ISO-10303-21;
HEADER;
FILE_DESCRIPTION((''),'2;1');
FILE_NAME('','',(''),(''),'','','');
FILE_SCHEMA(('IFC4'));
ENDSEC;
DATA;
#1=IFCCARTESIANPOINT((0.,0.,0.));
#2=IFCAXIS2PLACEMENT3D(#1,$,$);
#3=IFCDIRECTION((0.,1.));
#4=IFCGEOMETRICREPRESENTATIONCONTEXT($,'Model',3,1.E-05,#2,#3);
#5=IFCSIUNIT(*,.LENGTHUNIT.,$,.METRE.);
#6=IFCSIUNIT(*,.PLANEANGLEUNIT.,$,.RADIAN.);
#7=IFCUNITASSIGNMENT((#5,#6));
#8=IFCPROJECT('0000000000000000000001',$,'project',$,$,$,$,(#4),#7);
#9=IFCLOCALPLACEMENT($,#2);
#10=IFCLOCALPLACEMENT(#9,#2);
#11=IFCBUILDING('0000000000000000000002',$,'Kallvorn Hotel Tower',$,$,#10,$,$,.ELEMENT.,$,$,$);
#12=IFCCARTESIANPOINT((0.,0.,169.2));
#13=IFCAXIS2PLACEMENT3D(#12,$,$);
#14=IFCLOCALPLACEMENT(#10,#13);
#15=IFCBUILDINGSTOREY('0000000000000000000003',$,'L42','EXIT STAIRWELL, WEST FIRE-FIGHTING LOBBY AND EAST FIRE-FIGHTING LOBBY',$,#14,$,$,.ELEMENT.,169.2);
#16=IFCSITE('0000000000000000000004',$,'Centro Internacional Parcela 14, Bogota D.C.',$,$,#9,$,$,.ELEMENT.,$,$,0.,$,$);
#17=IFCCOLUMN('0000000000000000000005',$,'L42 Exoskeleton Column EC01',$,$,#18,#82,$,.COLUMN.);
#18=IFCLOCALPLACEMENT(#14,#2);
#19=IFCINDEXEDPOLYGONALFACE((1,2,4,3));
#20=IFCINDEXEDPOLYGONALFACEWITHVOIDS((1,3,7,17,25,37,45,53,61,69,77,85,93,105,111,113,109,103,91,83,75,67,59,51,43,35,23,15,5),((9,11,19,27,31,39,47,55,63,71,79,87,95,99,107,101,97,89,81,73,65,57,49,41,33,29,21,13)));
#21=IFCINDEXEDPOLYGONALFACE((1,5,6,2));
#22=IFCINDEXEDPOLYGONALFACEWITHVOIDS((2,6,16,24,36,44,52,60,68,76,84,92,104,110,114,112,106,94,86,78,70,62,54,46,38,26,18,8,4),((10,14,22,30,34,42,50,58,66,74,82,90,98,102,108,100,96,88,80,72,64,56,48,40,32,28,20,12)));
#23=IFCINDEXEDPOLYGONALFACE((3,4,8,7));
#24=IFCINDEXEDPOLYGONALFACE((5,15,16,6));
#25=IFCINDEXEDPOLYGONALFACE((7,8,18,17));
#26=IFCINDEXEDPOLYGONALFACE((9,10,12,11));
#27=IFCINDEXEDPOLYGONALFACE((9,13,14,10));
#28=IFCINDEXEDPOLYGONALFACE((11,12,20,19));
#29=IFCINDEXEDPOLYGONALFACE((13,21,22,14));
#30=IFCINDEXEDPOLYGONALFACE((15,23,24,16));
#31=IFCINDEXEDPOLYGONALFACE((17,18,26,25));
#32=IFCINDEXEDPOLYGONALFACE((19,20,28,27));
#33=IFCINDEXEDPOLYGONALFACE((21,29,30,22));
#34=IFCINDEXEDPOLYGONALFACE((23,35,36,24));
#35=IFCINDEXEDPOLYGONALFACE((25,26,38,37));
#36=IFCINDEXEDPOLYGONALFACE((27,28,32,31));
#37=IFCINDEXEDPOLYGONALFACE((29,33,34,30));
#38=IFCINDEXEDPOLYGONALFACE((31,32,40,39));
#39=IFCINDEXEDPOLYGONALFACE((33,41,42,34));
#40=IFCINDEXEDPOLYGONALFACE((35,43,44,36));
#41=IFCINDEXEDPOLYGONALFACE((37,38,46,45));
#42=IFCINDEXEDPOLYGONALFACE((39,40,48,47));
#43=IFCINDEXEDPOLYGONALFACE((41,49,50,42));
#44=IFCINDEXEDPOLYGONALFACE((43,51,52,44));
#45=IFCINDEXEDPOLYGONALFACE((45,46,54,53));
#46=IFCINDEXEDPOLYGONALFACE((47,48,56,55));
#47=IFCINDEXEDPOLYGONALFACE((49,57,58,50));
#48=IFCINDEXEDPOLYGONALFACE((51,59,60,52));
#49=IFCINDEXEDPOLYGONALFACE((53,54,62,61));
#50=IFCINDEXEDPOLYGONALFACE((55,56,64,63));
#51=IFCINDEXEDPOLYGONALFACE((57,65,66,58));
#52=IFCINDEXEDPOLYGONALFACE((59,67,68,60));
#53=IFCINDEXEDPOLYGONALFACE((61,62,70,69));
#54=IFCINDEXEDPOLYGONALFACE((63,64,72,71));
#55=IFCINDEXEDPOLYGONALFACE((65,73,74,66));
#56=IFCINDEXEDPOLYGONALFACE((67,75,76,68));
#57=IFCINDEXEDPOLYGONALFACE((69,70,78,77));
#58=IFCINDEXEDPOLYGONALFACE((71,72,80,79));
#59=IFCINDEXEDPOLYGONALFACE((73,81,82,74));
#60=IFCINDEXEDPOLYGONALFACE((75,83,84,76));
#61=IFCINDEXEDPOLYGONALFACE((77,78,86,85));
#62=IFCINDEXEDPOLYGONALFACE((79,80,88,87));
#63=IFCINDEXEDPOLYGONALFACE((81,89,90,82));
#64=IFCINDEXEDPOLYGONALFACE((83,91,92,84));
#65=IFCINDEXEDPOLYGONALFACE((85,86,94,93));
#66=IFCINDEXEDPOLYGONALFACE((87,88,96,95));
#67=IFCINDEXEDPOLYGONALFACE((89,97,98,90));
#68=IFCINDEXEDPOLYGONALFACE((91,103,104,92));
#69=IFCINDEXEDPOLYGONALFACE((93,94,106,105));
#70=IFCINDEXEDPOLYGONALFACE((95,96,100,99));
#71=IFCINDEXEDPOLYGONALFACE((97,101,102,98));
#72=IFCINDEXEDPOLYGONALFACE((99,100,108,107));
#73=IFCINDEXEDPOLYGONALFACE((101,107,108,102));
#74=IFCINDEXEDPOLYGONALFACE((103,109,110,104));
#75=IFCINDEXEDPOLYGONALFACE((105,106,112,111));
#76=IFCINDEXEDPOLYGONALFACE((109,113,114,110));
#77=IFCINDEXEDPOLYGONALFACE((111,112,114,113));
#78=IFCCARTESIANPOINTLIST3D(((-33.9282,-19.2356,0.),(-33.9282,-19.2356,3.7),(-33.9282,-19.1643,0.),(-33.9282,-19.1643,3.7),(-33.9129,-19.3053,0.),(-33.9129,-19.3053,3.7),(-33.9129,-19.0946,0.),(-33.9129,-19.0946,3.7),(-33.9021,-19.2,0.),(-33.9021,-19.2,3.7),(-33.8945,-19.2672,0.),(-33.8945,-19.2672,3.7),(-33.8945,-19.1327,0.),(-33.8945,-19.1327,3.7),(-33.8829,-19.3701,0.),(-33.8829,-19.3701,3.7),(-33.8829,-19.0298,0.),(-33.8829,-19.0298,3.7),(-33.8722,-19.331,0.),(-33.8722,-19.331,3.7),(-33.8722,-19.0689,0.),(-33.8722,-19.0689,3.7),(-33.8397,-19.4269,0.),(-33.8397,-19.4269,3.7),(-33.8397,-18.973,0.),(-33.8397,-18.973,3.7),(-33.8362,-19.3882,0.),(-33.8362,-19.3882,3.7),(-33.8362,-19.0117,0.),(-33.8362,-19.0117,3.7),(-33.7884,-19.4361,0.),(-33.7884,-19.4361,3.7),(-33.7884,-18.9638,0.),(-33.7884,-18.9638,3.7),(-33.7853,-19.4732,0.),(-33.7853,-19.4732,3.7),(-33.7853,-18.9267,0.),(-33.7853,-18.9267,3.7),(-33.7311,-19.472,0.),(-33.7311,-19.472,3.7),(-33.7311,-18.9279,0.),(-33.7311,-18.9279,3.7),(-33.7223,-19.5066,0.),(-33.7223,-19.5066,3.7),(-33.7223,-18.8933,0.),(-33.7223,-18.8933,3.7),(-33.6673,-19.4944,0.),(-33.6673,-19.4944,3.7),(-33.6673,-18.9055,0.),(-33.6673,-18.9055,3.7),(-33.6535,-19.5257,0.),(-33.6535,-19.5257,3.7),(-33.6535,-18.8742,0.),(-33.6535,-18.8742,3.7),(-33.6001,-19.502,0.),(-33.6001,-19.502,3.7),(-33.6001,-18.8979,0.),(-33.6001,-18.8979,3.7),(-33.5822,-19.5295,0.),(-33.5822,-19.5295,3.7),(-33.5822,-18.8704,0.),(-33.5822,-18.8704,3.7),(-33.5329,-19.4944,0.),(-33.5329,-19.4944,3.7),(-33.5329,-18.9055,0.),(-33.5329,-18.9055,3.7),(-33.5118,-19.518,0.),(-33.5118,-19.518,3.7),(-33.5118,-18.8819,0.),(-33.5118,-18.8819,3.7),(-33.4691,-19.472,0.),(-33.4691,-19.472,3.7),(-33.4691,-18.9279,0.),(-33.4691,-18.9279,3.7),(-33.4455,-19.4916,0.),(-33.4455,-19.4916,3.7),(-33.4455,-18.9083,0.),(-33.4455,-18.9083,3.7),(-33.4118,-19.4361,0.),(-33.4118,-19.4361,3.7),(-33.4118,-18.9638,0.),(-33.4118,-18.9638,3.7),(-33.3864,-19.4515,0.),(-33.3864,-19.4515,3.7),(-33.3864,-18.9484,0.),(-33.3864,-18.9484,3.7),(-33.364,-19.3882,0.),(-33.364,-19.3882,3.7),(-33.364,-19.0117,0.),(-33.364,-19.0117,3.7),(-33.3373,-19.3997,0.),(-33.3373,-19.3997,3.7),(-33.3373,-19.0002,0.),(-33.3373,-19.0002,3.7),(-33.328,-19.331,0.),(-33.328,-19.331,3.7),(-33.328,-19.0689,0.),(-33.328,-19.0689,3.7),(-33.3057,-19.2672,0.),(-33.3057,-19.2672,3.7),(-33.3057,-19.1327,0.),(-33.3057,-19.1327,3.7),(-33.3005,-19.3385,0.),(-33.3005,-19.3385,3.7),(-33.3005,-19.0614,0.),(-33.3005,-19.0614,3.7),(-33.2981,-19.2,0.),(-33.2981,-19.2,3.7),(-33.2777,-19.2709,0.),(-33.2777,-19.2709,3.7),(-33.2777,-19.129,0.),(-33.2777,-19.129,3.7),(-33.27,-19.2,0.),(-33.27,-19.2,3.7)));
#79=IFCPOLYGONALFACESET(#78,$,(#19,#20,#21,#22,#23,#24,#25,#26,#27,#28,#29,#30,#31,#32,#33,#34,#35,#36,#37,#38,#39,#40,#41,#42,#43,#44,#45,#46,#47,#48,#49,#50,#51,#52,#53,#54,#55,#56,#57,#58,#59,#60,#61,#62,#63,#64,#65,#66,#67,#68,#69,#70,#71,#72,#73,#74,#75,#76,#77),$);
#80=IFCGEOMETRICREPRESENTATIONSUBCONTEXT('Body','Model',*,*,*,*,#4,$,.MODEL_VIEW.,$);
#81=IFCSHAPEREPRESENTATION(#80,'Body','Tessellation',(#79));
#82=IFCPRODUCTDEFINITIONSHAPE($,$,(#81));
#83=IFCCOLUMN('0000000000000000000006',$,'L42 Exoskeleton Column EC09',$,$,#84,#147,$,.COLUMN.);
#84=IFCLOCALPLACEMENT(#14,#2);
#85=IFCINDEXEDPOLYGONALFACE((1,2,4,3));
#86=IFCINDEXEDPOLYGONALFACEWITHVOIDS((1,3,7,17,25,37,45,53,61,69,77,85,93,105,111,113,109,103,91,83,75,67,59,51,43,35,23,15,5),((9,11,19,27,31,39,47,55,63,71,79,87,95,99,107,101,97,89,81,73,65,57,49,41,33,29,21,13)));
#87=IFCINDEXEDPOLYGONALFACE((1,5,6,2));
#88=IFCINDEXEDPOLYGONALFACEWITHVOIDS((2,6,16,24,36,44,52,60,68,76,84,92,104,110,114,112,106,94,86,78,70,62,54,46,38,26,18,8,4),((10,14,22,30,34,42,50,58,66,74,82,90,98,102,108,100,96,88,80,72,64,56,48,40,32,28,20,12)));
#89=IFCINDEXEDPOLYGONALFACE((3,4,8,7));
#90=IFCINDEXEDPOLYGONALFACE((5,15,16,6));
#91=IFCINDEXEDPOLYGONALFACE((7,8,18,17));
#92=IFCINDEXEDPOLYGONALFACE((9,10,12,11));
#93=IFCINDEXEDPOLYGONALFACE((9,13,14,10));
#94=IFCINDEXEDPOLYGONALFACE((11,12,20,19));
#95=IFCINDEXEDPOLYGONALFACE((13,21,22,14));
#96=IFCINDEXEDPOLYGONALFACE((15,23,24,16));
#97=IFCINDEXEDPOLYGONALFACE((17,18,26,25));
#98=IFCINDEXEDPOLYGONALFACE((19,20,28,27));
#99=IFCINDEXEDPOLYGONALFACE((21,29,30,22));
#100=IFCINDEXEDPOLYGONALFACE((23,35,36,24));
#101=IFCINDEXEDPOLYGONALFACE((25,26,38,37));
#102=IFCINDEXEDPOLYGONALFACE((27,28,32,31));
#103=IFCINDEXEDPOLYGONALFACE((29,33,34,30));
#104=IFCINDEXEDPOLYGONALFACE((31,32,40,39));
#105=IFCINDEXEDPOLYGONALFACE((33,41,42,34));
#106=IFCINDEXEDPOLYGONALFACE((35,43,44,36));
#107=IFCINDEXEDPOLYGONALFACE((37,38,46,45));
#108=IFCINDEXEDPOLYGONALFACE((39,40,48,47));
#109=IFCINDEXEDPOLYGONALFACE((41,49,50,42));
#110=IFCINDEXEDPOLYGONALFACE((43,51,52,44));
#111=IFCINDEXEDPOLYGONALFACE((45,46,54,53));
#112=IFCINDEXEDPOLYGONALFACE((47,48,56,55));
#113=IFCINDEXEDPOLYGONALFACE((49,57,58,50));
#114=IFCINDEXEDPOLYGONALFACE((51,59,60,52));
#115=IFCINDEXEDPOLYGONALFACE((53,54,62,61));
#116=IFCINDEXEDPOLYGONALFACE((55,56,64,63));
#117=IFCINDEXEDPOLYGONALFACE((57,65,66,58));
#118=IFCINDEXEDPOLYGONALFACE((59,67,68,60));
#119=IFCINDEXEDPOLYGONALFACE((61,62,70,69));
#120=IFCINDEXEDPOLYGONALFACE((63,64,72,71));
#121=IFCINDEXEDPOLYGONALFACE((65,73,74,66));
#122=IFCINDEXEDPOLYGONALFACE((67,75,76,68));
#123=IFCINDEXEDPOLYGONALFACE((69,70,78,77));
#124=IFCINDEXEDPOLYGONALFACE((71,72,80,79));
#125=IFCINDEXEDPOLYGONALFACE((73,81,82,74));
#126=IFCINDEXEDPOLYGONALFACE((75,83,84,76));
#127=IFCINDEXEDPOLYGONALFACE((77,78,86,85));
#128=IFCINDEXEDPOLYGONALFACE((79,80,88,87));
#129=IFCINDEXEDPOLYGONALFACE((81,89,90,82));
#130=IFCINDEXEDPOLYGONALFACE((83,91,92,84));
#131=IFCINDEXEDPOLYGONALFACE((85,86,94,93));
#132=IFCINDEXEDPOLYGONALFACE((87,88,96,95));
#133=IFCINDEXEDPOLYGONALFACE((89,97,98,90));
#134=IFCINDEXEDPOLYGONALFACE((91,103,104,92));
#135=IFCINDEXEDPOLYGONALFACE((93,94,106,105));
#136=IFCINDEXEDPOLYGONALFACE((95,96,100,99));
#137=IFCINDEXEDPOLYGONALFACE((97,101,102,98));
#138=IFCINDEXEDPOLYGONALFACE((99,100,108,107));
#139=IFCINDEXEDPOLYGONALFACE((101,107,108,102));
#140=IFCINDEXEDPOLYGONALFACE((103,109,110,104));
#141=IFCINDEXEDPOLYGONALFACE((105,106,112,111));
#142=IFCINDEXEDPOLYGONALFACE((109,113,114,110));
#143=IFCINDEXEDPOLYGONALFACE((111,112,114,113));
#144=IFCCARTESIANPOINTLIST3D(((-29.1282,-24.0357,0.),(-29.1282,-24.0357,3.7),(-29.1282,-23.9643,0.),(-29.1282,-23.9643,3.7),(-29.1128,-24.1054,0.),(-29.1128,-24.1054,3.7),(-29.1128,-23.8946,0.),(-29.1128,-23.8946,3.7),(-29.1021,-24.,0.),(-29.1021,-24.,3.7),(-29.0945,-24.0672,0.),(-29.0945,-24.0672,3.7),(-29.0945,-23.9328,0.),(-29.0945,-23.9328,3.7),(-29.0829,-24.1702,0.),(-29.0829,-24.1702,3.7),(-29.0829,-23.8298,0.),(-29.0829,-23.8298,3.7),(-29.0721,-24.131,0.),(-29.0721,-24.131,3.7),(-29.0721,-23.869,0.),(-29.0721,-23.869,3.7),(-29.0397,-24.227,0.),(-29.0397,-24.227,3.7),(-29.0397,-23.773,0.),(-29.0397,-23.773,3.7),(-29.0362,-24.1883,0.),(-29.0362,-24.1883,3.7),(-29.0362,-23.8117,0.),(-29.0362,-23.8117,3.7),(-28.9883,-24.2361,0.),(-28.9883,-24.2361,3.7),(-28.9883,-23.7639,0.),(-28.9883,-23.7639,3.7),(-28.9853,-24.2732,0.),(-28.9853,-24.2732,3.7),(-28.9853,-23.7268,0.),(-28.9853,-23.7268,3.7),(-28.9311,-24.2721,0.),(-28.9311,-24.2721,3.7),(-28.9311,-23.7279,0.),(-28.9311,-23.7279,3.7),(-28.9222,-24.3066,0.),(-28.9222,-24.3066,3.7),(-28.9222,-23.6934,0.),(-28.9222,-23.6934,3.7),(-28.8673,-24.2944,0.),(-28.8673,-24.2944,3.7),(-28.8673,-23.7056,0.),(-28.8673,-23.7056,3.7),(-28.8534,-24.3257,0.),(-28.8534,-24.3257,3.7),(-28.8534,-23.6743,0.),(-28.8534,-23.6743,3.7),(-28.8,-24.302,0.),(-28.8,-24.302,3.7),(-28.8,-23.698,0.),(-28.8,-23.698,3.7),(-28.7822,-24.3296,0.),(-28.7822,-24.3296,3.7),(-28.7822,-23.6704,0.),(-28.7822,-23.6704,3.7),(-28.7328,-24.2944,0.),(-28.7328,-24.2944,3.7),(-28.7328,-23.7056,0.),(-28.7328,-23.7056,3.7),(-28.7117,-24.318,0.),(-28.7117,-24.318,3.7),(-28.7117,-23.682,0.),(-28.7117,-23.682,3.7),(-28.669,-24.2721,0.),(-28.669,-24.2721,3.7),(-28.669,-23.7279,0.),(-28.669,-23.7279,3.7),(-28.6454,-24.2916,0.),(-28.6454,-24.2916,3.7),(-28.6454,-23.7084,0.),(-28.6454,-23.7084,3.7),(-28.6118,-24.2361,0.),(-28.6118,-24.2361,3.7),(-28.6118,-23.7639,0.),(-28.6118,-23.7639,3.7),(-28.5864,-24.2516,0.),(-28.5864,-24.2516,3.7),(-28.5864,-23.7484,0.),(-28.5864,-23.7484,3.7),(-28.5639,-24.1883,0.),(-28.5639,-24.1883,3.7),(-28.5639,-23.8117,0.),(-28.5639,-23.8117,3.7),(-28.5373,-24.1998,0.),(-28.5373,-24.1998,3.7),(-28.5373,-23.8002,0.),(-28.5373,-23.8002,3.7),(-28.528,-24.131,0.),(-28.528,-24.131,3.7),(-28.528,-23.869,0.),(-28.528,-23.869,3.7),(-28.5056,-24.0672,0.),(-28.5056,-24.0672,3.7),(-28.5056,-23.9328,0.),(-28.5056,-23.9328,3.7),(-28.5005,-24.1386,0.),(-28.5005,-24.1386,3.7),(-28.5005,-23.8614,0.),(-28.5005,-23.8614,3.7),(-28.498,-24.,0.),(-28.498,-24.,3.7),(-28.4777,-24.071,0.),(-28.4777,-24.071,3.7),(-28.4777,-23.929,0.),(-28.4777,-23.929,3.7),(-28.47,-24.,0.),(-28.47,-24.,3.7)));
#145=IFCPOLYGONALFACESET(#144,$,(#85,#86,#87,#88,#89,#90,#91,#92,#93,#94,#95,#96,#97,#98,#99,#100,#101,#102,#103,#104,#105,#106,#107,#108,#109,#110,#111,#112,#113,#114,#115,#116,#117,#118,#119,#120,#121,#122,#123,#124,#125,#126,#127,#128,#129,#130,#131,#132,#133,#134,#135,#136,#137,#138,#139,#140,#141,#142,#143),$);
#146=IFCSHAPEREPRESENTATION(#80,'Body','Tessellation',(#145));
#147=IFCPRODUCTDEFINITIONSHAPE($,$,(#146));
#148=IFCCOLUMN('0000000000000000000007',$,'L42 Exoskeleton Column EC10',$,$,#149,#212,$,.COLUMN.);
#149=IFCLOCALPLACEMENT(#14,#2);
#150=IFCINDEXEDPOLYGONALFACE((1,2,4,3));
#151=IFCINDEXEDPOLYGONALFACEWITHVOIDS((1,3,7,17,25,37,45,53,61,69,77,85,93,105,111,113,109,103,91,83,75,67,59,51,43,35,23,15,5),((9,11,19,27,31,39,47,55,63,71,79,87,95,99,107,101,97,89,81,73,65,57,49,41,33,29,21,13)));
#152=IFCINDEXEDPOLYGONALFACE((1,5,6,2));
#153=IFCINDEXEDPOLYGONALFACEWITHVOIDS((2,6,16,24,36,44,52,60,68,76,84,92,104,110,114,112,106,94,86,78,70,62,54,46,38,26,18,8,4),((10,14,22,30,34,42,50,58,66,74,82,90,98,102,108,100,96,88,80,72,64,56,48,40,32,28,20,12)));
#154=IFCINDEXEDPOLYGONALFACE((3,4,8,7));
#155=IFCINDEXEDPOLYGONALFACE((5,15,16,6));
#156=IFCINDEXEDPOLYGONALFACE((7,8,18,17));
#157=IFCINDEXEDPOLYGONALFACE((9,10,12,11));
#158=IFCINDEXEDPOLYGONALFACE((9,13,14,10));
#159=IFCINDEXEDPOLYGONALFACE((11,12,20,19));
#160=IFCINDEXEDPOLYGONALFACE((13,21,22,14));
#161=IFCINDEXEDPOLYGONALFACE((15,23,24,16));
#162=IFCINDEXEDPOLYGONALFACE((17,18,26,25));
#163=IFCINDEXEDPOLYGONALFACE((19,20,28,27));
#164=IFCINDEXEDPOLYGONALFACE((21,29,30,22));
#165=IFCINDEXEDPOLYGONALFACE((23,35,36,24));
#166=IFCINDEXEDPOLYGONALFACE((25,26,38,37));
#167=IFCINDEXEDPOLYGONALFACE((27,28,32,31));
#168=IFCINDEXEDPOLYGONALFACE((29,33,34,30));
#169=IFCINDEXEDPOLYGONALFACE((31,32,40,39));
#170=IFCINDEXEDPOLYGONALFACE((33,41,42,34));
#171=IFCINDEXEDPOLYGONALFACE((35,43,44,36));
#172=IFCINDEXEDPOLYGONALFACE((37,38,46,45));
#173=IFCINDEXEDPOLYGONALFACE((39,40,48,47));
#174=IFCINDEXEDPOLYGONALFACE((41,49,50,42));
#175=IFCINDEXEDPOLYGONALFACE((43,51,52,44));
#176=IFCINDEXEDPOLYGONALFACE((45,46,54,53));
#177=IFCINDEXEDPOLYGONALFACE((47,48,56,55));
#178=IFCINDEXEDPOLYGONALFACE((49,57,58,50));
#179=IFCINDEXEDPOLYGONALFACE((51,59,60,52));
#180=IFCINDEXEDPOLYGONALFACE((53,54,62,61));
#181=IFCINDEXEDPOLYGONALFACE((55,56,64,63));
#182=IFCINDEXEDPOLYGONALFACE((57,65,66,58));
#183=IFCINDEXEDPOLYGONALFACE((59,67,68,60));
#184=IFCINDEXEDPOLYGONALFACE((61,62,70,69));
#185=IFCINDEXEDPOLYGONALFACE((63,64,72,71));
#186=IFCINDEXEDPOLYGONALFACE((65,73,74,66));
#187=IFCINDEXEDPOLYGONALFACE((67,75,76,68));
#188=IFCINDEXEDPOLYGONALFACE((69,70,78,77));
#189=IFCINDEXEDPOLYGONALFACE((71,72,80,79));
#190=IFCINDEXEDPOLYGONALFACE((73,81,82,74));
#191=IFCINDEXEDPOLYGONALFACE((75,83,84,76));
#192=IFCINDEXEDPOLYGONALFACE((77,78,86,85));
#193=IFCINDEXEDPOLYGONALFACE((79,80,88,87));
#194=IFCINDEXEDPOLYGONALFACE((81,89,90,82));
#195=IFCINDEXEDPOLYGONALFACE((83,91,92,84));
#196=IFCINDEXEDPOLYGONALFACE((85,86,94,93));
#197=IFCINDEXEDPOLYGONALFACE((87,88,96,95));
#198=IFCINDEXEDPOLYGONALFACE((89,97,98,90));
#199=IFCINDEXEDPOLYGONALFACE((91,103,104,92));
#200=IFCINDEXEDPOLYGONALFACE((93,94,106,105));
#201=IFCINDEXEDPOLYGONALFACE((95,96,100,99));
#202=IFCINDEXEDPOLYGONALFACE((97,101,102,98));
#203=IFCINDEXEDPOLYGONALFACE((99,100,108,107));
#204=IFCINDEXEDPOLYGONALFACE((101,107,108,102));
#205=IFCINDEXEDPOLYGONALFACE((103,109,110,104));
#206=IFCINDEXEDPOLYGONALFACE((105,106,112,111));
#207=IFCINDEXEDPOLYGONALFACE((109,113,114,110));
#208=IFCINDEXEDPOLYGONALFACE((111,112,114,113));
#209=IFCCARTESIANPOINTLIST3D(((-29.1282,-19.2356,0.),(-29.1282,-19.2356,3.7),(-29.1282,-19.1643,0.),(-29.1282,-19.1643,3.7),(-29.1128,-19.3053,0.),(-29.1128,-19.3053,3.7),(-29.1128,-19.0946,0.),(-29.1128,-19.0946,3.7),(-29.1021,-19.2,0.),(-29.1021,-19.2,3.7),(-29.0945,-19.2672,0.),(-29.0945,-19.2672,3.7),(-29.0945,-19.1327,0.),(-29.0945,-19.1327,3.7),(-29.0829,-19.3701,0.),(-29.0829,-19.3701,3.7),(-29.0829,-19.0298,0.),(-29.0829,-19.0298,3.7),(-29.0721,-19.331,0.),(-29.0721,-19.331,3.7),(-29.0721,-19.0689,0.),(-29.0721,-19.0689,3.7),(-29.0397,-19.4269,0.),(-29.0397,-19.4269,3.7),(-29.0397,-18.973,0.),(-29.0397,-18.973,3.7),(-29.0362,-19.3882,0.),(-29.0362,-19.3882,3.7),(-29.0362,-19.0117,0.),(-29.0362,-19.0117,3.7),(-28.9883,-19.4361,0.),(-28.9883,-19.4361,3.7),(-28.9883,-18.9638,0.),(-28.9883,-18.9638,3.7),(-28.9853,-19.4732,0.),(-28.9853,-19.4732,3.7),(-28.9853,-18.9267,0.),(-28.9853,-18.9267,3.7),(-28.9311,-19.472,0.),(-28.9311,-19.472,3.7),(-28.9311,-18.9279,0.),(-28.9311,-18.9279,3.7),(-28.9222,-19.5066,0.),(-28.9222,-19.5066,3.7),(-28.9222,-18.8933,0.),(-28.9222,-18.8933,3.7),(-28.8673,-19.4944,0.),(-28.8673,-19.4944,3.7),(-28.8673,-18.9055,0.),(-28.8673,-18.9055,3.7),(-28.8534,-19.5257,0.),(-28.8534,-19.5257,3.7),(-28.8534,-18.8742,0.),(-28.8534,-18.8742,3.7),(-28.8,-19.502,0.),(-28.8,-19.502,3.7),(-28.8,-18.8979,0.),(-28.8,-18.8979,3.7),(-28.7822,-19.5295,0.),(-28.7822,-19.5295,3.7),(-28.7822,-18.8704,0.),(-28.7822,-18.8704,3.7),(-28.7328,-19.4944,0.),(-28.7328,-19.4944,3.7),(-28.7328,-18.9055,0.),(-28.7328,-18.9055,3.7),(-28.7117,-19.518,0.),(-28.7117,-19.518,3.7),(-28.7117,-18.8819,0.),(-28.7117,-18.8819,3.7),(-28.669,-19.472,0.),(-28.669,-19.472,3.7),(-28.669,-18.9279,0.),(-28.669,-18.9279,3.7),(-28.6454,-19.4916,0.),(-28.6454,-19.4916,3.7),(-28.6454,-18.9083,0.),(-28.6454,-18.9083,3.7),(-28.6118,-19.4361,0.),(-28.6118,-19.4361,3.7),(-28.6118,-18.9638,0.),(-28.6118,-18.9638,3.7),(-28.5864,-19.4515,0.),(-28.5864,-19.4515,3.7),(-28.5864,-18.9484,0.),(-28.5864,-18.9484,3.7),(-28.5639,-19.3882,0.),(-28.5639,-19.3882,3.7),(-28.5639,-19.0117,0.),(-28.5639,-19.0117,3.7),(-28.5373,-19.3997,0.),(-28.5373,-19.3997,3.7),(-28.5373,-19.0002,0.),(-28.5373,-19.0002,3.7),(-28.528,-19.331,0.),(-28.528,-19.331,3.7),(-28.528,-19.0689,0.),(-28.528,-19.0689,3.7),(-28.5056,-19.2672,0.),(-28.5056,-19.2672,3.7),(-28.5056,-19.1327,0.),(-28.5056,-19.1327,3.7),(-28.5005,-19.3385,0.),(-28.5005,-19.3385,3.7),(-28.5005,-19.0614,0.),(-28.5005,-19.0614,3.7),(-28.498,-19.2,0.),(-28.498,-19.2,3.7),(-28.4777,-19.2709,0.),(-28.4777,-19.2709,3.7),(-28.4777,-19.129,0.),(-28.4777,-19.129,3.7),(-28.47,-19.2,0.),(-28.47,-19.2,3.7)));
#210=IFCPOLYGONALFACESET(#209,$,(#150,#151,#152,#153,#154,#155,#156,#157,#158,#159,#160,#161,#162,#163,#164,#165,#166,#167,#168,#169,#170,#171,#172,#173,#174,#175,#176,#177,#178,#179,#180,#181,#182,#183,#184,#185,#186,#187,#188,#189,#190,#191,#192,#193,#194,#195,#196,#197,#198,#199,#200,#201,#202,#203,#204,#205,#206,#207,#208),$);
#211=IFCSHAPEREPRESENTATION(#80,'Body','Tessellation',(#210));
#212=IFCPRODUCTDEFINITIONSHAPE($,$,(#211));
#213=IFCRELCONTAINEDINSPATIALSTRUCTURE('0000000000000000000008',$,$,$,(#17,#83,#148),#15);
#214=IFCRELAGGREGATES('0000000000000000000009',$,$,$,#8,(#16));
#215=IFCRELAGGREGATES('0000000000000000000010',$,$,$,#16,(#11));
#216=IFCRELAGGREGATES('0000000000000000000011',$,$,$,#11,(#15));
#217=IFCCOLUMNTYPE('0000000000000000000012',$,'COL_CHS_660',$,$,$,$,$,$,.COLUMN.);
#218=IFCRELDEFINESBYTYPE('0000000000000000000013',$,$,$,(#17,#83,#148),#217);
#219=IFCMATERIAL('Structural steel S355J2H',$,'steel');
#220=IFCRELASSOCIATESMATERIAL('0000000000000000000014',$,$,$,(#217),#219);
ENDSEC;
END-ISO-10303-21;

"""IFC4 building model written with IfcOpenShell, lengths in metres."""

from ifc_helpers import new_model, si_unit, direction, frame, origin, origin_2d, place, context, subcontext, project, spatial, hollow_circle, extrude, material, material_profile, profile_set, type_object, element, save


model = new_model("IFC4")

# Units and contexts
model_context = context("Model", 3, precision=1e-05, world=origin(), true_north=direction((0.0, 1.0)))
body_context = subcontext(model_context, "Body", "Model", "MODEL_VIEW")
ifc_project = project(units=[si_unit("LENGTHUNIT", "METRE"), si_unit("PLANEANGLEUNIT", "RADIAN")], contexts=[model_context])

# Site, building, storey
site_placement = place(None, origin())
site = spatial("IfcSite", under=ifc_project, at=site_placement, Name="Centro Internacional Parcela 14, Bogota D.C.", CompositionType="ELEMENT", RefElevation=0.0)
building_placement = place(site_placement, origin())
building = spatial("IfcBuilding", under=site, at=building_placement, Name="Kallvorn Hotel Tower", CompositionType="ELEMENT")
storey_placement = place(building_placement, frame((0.0, 0.0, 169.2)))
storey = spatial("IfcBuildingStorey", under=building, at=storey_placement, Name="L42", Description="EXIT STAIRWELL, WEST FIRE-FIGHTING LOBBY AND EAST FIRE-FIGHTING LOBBY", CompositionType="ELEMENT", Elevation=169.2)

# Columns
ifc_material_1 = material(Name="Structural steel S355J2H", Category="steel")
ifc_material_profile_1 = material_profile(ifc_material_1, hollow_circle(Radius=0.3301, WallThickness=0.0281, at=origin_2d()), Name="CHS 660x28")
ifc_profile_set_1 = profile_set([ifc_material_profile_1], Name="Structural steel S355J2H")
column_type = type_object("IfcColumnType", Name="COL_CHS_660", PredefinedType="COLUMN", material=ifc_profile_set_1)
for number, where, z_axis, x_axis, name in (
    (1, (-33.6001, -19.2, 0.0), (0.0, 0.0, 1.0), (1.0, 0.0, 0.0), "L42 Exoskeleton Column EC01"),
    (2, (-28.8, -24.0, 0.0), (0.0, 0.0, 1.0), (1.0, 0.0, 0.0), "L42 Exoskeleton Column EC09"),
    (3, (-28.8, -19.2, 0.0), (0.0, 0.0, 1.0), (1.0, 0.0, 0.0), "L42 Exoskeleton Column EC10"),
):
    element("IfcColumn", number, at=place(storey_placement, frame(where, z_axis=z_axis, x_axis=x_axis)), inside=storey, type_object=column_type, Name=name, PredefinedType="COLUMN", context=body_context, shape_type="SweptSolid", body=[
        extrude(hollow_circle(Radius=0.3301, WallThickness=0.0281, at=origin_2d()), origin(), (0.0, 0.0, 1.0), 3.7),
    ])

save(model, "model.ifc")
